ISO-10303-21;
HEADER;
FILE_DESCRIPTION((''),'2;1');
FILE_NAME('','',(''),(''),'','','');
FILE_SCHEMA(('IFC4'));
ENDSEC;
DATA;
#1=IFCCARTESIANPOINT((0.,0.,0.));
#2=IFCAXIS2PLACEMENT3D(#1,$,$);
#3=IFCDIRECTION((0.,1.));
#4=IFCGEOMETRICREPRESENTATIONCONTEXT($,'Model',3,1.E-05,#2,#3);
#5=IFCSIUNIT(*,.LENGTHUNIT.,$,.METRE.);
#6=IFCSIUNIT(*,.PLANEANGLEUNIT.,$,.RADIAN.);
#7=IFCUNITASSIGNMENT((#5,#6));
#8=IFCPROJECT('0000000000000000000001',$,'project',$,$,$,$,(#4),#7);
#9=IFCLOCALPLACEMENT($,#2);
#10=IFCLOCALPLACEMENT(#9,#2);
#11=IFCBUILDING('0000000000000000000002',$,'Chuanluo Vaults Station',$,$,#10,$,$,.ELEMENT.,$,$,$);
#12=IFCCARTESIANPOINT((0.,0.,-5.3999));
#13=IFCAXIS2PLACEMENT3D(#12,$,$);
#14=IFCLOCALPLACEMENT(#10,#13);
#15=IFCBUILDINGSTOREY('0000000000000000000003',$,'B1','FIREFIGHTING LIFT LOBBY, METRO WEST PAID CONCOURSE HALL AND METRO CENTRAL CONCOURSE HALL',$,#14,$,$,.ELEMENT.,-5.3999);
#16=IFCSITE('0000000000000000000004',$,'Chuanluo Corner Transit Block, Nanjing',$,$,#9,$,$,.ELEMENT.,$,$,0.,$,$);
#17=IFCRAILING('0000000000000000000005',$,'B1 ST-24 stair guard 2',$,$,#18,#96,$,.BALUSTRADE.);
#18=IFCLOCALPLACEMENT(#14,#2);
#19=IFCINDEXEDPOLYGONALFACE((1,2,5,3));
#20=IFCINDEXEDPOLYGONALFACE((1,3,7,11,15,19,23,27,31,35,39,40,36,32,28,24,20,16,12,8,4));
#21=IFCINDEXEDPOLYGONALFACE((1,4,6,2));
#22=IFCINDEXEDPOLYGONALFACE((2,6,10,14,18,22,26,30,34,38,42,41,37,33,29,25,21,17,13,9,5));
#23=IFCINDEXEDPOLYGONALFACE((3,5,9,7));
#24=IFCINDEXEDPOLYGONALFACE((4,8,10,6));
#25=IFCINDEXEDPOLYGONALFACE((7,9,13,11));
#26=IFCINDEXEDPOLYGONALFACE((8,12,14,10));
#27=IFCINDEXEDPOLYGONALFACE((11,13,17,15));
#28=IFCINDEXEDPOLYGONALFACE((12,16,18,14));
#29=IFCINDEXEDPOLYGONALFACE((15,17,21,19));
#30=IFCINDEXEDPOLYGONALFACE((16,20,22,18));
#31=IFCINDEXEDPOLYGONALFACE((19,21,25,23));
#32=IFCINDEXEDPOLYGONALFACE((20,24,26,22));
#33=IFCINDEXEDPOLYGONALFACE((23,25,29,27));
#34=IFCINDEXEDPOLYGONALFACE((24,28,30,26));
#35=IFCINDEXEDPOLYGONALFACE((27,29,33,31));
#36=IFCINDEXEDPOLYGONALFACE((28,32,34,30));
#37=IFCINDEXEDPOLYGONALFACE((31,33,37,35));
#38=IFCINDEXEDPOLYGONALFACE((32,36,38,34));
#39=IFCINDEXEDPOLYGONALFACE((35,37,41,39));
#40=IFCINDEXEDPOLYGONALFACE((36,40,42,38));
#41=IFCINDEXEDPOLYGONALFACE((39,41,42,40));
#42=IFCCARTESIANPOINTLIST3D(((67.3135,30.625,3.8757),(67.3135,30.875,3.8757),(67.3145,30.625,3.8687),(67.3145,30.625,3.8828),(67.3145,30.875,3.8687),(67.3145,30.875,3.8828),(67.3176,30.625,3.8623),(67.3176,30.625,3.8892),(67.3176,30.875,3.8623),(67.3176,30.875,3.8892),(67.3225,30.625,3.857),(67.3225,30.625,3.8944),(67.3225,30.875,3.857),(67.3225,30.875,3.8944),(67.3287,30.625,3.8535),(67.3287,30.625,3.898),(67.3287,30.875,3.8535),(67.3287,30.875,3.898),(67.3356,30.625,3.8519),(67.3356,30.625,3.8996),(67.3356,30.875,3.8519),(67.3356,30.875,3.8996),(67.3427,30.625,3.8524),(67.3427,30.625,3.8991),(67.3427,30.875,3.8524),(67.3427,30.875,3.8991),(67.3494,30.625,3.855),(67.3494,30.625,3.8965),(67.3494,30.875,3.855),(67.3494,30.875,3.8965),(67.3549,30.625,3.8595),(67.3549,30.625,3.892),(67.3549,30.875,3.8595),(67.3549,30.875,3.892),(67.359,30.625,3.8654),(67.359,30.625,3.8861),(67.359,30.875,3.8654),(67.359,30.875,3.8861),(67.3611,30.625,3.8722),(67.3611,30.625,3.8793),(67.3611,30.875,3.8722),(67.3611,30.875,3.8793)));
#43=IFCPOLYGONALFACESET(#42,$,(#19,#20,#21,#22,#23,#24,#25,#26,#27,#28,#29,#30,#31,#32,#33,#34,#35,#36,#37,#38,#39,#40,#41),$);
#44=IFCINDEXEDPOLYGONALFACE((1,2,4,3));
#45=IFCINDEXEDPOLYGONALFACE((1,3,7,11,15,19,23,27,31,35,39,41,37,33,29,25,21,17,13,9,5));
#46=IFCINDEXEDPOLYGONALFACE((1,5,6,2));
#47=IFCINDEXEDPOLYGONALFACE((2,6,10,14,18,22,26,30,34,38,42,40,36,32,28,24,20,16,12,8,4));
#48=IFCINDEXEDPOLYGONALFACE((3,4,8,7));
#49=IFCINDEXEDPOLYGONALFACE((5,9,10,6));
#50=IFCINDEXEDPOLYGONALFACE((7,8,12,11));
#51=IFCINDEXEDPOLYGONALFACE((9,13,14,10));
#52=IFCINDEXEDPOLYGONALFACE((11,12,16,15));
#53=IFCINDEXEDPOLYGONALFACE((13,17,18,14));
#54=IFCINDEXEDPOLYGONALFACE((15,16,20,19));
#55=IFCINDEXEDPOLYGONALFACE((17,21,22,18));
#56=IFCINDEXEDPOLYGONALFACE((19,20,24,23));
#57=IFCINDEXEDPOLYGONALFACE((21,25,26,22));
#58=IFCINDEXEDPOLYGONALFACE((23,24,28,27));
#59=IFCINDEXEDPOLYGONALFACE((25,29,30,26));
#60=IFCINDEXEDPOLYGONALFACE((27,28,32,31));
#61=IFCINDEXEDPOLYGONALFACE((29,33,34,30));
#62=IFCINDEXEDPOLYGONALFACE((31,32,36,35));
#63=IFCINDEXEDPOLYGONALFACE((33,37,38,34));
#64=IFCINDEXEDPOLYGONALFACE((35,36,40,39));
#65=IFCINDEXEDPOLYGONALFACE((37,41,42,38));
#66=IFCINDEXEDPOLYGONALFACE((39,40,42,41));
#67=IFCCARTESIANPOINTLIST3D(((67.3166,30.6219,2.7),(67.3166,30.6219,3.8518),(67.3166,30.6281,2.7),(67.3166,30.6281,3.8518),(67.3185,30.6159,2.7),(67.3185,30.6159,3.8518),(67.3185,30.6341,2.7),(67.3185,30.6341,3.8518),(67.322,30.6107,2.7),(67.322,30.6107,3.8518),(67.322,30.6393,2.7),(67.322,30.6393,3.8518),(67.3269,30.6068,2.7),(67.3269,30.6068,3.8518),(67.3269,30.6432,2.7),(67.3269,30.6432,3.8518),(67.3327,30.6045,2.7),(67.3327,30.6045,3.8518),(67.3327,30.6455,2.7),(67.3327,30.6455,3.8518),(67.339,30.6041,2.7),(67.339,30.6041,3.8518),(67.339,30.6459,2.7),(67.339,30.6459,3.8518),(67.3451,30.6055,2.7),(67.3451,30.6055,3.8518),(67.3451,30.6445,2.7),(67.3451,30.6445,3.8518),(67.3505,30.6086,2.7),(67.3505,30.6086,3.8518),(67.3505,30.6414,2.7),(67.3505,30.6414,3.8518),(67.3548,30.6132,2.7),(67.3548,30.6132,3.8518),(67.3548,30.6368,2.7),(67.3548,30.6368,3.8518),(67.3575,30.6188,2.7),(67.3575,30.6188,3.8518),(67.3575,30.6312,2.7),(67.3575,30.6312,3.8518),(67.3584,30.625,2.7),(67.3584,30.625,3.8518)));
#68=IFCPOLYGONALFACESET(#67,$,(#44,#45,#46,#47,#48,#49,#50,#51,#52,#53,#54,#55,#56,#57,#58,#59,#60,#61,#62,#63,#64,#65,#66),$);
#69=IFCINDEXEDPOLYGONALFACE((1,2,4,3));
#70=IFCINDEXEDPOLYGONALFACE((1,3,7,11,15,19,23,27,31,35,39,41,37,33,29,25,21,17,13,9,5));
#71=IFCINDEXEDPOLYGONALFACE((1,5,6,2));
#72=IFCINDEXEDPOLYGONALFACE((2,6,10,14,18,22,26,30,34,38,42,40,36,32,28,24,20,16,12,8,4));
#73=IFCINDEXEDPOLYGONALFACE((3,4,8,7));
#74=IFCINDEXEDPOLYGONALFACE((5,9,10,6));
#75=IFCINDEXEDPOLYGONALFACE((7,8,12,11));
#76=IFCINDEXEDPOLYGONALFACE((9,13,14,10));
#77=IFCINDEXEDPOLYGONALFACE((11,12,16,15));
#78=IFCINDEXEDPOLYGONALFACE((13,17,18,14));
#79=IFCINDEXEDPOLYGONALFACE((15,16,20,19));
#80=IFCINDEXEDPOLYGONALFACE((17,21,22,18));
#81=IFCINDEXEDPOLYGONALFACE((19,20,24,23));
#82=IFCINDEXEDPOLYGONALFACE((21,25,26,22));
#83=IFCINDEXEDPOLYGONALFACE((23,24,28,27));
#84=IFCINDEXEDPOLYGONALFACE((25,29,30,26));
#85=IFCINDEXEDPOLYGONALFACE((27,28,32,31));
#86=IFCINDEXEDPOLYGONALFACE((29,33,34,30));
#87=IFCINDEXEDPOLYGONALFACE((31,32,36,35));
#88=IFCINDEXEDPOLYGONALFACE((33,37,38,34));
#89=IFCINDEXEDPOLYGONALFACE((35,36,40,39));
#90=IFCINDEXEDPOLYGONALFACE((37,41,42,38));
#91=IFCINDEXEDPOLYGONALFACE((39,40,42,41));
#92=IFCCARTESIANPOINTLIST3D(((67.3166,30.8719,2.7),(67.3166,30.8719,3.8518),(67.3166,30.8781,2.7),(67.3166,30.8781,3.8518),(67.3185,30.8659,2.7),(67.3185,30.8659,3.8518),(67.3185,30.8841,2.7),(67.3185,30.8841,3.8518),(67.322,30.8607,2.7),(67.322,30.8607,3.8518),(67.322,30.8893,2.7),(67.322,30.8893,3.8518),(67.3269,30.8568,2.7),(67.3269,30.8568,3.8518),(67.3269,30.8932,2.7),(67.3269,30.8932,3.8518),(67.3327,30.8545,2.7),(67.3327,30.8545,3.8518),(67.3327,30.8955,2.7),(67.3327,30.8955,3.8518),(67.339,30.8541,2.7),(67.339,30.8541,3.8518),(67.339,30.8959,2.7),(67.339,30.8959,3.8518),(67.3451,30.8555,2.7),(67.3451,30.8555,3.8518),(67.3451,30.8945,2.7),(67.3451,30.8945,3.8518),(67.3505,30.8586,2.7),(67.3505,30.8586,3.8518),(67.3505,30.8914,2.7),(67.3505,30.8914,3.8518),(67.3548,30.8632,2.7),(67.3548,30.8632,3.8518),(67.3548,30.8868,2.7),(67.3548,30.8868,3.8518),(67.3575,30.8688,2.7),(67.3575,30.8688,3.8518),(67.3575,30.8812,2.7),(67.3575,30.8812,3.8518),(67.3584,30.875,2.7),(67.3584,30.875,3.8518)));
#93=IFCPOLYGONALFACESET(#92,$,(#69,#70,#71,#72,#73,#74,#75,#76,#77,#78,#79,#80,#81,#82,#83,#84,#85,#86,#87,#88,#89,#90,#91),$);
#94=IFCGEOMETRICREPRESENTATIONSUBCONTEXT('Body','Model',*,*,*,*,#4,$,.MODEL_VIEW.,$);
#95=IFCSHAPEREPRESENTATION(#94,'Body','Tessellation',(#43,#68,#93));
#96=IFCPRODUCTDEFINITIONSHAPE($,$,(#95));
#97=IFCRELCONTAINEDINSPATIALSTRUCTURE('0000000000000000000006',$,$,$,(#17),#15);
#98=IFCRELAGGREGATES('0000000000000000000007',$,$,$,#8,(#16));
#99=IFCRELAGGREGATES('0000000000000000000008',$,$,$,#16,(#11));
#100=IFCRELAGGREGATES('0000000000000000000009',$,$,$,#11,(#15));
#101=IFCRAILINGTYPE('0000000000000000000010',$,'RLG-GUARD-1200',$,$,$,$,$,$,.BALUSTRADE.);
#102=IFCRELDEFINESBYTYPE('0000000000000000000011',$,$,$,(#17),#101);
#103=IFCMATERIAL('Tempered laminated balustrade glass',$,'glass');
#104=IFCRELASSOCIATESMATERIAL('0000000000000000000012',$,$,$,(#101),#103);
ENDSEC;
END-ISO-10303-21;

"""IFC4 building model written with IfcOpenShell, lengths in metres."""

from ifc_helpers import new_model, si_unit, direction, frame, origin, origin_2d, place, context, subcontext, project, spatial, circle, extrude, material, type_object, element, save


model = new_model("IFC4")

# Units and contexts
model_context = context("Model", 3, precision=1e-05, world=origin(), true_north=direction((0.0, 1.0)))
body_context = subcontext(model_context, "Body", "Model", "MODEL_VIEW")
ifc_project = project(units=[si_unit("LENGTHUNIT", "METRE"), si_unit("PLANEANGLEUNIT", "RADIAN")], contexts=[model_context])

# Site, building, storey
site_placement = place(None, origin())
site = spatial("IfcSite", under=ifc_project, at=site_placement, Name="Chuanluo Corner Transit Block, Nanjing", CompositionType="ELEMENT", RefElevation=0.0)
building_placement = place(site_placement, origin())
building = spatial("IfcBuilding", under=site, at=building_placement, Name="Chuanluo Vaults Station", CompositionType="ELEMENT")
storey_placement = place(building_placement, frame((0.0, 0.0, -5.3999)))
storey = spatial("IfcBuildingStorey", under=building, at=storey_placement, Name="B1", Description="FIREFIGHTING LIFT LOBBY, METRO WEST PAID CONCOURSE HALL AND METRO CENTRAL CONCOURSE HALL", CompositionType="ELEMENT", Elevation=-5.3999)

# Railing
ifc_material_1 = material(Name="Tempered laminated balustrade glass", Category="glass")
railing_type_1 = type_object("IfcRailingType", Name="RLG-GUARD-1200", PredefinedType="BALUSTRADE", material=ifc_material_1)
railing_1_placement = place(storey_placement, frame((67.3374, 30.625, 2.7)))
element("IfcRailing", 1, at=railing_1_placement, inside=storey, type_object=railing_type_1, Name="B1 ST-24 stair guard 2", PredefinedType="BALUSTRADE", context=body_context, shape_type="SweptSolid", body=[
    extrude(circle(Radius=0.0239, at=origin_2d()), frame((0.0, 0.0, 1.1758), z_axis=(0.0, 1.0, 0.0), x_axis=(-1.0, 0.0, 0.0)), (0.0, 0.0, 1.0), 0.25),
    extrude(circle(Radius=0.021, at=origin_2d()), origin(), (0.0, 0.0, 1.0), 1.1519),
    extrude(circle(Radius=0.021, at=origin_2d()), frame((0.0, 0.25, 0.0)), (0.0, 0.0, 1.0), 1.1519),
])

save(model, "model.ifc")
